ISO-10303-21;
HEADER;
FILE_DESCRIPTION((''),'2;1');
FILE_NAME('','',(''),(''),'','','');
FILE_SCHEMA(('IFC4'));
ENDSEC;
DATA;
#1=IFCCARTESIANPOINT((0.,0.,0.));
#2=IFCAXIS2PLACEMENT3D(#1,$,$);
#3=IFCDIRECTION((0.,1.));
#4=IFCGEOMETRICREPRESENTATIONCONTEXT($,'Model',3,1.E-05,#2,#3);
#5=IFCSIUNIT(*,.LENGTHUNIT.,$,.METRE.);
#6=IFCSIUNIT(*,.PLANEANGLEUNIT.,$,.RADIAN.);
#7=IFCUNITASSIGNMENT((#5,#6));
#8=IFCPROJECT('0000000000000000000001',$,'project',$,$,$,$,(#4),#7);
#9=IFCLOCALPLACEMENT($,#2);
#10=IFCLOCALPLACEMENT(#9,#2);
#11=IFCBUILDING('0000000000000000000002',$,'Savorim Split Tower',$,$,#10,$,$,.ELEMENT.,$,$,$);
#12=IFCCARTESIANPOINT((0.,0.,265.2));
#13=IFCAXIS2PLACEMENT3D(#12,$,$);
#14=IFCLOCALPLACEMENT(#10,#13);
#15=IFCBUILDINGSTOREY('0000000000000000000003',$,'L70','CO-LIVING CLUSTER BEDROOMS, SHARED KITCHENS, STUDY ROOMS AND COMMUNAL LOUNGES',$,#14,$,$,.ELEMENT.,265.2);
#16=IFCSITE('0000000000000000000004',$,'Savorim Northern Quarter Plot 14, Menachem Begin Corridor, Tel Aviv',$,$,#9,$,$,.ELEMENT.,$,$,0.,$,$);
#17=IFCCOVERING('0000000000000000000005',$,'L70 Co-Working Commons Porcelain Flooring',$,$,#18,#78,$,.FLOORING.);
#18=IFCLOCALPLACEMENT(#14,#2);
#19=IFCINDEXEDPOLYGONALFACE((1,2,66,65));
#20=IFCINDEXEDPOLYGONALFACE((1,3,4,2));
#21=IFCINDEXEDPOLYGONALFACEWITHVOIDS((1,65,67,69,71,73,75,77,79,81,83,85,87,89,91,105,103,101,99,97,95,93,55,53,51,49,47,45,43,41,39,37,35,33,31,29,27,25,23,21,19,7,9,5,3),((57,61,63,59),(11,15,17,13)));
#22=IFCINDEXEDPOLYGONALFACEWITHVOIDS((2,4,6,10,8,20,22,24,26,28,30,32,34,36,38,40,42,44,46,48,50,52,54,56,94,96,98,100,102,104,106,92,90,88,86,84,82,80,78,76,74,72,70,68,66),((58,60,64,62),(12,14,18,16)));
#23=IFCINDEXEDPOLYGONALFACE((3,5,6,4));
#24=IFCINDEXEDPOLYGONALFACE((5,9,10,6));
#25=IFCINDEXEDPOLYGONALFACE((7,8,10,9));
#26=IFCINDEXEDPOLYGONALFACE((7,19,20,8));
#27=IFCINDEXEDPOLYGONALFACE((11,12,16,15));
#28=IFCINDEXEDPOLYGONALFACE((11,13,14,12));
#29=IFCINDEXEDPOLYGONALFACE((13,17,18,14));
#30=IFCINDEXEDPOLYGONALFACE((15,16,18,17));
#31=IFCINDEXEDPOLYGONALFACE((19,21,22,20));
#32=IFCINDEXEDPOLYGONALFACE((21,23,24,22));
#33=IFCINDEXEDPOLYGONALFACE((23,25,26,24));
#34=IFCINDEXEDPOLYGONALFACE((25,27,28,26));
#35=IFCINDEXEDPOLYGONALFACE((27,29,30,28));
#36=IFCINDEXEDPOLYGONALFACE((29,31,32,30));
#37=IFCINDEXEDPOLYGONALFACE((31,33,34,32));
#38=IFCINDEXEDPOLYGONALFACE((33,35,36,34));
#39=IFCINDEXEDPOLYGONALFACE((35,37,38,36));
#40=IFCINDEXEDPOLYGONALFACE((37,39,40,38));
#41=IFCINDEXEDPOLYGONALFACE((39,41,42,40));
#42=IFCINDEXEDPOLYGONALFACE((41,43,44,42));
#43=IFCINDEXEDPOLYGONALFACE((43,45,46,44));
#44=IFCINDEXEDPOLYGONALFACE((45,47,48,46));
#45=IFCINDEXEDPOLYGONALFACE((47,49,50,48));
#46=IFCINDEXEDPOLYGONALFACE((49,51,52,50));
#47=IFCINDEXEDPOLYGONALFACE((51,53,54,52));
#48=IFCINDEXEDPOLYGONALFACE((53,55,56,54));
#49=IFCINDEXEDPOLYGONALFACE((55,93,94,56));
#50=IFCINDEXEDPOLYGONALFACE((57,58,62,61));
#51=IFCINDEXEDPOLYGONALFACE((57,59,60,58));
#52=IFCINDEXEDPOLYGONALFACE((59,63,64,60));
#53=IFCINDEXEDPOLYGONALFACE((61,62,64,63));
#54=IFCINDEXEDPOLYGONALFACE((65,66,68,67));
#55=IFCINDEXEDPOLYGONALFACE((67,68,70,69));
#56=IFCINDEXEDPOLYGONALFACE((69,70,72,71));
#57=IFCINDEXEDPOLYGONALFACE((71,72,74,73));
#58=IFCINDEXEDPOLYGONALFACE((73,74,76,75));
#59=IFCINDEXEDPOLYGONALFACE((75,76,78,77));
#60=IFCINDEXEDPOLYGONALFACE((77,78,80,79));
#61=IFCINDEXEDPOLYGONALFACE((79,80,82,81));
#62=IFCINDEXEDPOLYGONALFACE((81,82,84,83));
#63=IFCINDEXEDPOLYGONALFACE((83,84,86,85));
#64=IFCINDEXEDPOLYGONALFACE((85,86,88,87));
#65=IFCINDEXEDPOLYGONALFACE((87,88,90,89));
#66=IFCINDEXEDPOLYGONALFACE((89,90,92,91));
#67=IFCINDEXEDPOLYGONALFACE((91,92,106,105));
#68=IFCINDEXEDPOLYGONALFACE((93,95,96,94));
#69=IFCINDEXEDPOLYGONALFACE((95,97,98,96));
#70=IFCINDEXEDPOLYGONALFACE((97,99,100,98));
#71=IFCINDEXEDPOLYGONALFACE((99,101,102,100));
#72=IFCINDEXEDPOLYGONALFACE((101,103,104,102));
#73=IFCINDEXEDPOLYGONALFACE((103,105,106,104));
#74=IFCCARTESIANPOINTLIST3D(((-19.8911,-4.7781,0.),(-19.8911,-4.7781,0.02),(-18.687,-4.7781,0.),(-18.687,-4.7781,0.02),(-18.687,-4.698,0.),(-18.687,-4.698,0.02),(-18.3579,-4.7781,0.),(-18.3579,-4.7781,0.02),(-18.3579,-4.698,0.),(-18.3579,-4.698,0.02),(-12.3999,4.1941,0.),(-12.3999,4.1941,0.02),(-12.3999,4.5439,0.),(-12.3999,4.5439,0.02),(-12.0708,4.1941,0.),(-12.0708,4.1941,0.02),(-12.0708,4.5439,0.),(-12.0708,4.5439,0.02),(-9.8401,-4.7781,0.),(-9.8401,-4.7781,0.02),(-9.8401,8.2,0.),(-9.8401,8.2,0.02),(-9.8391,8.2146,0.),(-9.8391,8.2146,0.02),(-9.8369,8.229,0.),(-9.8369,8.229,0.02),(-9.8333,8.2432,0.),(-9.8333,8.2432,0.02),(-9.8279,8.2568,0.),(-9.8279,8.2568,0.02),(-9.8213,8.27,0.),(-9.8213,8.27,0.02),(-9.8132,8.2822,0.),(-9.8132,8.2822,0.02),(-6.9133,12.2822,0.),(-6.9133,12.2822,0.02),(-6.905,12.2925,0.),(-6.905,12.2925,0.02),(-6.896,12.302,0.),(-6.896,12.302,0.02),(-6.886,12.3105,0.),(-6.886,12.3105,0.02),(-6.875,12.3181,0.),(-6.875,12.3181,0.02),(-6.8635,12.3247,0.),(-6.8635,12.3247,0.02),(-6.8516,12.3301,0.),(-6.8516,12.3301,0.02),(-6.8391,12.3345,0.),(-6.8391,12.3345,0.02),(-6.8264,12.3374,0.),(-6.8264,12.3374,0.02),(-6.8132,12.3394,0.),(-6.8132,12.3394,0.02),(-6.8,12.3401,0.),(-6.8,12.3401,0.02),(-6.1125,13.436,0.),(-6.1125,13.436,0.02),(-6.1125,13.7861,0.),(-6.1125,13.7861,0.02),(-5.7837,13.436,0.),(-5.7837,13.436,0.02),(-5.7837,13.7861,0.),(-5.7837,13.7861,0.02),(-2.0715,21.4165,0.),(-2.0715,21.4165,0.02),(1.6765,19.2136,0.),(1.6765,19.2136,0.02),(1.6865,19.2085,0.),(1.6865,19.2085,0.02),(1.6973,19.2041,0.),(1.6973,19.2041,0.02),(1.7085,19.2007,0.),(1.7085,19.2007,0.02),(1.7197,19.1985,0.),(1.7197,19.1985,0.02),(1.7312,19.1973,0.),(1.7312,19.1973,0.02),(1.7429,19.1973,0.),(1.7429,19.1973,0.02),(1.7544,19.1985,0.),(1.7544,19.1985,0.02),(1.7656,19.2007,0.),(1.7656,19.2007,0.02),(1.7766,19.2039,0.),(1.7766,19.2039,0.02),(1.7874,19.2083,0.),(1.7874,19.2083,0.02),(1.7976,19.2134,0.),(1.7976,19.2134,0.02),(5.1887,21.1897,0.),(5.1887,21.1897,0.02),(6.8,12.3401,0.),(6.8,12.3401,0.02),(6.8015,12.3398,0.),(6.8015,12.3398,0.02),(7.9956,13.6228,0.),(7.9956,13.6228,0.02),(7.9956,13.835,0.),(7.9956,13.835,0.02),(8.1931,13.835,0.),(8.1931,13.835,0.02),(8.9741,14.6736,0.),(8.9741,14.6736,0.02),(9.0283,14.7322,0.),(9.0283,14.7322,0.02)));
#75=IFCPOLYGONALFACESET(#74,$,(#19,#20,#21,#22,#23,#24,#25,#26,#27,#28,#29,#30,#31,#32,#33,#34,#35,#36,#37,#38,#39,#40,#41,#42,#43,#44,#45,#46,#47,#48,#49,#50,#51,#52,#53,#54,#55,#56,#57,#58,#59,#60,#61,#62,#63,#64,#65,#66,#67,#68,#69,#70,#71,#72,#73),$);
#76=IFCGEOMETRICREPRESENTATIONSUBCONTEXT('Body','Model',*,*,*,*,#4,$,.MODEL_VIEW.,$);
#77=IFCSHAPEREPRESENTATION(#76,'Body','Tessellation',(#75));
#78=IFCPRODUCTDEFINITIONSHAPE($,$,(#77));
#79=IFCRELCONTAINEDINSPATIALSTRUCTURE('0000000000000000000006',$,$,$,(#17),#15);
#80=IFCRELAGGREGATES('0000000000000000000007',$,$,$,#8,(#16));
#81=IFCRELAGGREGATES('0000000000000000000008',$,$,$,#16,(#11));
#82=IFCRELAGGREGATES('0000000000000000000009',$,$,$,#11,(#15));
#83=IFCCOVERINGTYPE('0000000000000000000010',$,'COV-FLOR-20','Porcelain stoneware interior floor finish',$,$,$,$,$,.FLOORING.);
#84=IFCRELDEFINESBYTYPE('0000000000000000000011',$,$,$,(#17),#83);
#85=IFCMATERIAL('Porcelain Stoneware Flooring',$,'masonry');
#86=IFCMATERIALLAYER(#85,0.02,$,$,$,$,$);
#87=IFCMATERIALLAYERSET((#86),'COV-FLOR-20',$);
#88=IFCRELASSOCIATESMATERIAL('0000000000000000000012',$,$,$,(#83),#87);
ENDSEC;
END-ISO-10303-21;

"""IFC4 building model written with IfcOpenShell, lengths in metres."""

from ifc_helpers import new_model, si_unit, direction, frame, origin, place, context, subcontext, project, spatial, polyline, outline, extrude, material, layer, layer_set, type_object, element, save


model = new_model("IFC4")

# Units and contexts
model_context = context("Model", 3, precision=1e-05, world=origin(), true_north=direction((0.0, 1.0)))
body_context = subcontext(model_context, "Body", "Model", "MODEL_VIEW")
ifc_project = project(units=[si_unit("LENGTHUNIT", "METRE"), si_unit("PLANEANGLEUNIT", "RADIAN")], contexts=[model_context])

# Site, building, storey
site_placement = place(None, origin())
site = spatial("IfcSite", under=ifc_project, at=site_placement, Name="Savorim Northern Quarter Plot 14, Menachem Begin Corridor, Tel Aviv", CompositionType="ELEMENT", RefElevation=0.0)
building_placement = place(site_placement, origin())
building = spatial("IfcBuilding", under=site, at=building_placement, Name="Savorim Split Tower", CompositionType="ELEMENT")
storey_placement = place(building_placement, frame((0.0, 0.0, 265.2)))
storey = spatial("IfcBuildingStorey", under=building, at=storey_placement, Name="L70", Description="CO-LIVING CLUSTER BEDROOMS, SHARED KITCHENS, STUDY ROOMS AND COMMUNAL LOUNGES", CompositionType="ELEMENT", Elevation=265.2)

# Covering
ifc_material_1 = material(Name="Porcelain Stoneware Flooring", Category="masonry")
ifc_layer_1 = layer(ifc_material_1, 0.02)
ifc_layer_set_1 = layer_set([ifc_layer_1], Name="COV-FLOR-20")
covering_type_1 = type_object("IfcCoveringType", Name="COV-FLOR-20", Description="Porcelain stoneware interior floor finish", PredefinedType="FLOORING", material=ifc_layer_set_1)
covering_1_placement = place(storey_placement, origin())
element("IfcCovering", 1, at=covering_1_placement, inside=storey, type_object=covering_type_1, Name="L70 Co-Working Commons Porcelain Flooring", PredefinedType="FLOORING", context=body_context, shape_type="SweptSolid", body=[
    extrude(outline(polyline([(1.6973, 19.2041), (1.6865, 19.2085), (1.6765, 19.2136), (-2.0715, 21.4165), (-19.8911, -4.7781), (-18.687, -4.7781), (-18.687, -4.698), (-18.3579, -4.698), (-18.3579, -4.7781), (-9.8401, -4.7781), (-9.8401, 8.2), (-9.8391, 8.2146), (-9.8369, 8.229), (-9.8333, 8.2432), (-9.8279, 8.2568), (-9.8213, 8.27), (-9.8132, 8.2822), (-6.9133, 12.2822), (-6.905, 12.2925), (-6.896, 12.302), (-6.886, 12.3105), (-6.875, 12.3181), (-6.8635, 12.3247), (-6.8516, 12.3301), (-6.8391, 12.3345), (-6.8264, 12.3374), (-6.8132, 12.3394), (-6.8, 12.3401), (6.8, 12.3401), (6.8015, 12.3398), (7.9956, 13.6228), (7.9956, 13.835), (8.1931, 13.835), (8.9741, 14.6736), (9.0283, 14.7322), (5.1887, 21.1897), (1.7976, 19.2134), (1.7874, 19.2083), (1.7766, 19.2039), (1.7656, 19.2007), (1.7544, 19.1985), (1.7429, 19.1973), (1.7312, 19.1973), (1.7197, 19.1985), (1.7085, 19.2007), (1.6973, 19.2041)]), holes=[polyline([(-5.7837, 13.7861), (-6.1125, 13.7861), (-6.1125, 13.436), (-5.7837, 13.436), (-5.7837, 13.7861)]), polyline([(-12.3999, 4.5439), (-12.3999, 4.1941), (-12.0708, 4.1941), (-12.0708, 4.5439), (-12.3999, 4.5439)])]), origin(), (0.0, 0.0, 1.0), 0.02),
])

save(model, "model.ifc")
